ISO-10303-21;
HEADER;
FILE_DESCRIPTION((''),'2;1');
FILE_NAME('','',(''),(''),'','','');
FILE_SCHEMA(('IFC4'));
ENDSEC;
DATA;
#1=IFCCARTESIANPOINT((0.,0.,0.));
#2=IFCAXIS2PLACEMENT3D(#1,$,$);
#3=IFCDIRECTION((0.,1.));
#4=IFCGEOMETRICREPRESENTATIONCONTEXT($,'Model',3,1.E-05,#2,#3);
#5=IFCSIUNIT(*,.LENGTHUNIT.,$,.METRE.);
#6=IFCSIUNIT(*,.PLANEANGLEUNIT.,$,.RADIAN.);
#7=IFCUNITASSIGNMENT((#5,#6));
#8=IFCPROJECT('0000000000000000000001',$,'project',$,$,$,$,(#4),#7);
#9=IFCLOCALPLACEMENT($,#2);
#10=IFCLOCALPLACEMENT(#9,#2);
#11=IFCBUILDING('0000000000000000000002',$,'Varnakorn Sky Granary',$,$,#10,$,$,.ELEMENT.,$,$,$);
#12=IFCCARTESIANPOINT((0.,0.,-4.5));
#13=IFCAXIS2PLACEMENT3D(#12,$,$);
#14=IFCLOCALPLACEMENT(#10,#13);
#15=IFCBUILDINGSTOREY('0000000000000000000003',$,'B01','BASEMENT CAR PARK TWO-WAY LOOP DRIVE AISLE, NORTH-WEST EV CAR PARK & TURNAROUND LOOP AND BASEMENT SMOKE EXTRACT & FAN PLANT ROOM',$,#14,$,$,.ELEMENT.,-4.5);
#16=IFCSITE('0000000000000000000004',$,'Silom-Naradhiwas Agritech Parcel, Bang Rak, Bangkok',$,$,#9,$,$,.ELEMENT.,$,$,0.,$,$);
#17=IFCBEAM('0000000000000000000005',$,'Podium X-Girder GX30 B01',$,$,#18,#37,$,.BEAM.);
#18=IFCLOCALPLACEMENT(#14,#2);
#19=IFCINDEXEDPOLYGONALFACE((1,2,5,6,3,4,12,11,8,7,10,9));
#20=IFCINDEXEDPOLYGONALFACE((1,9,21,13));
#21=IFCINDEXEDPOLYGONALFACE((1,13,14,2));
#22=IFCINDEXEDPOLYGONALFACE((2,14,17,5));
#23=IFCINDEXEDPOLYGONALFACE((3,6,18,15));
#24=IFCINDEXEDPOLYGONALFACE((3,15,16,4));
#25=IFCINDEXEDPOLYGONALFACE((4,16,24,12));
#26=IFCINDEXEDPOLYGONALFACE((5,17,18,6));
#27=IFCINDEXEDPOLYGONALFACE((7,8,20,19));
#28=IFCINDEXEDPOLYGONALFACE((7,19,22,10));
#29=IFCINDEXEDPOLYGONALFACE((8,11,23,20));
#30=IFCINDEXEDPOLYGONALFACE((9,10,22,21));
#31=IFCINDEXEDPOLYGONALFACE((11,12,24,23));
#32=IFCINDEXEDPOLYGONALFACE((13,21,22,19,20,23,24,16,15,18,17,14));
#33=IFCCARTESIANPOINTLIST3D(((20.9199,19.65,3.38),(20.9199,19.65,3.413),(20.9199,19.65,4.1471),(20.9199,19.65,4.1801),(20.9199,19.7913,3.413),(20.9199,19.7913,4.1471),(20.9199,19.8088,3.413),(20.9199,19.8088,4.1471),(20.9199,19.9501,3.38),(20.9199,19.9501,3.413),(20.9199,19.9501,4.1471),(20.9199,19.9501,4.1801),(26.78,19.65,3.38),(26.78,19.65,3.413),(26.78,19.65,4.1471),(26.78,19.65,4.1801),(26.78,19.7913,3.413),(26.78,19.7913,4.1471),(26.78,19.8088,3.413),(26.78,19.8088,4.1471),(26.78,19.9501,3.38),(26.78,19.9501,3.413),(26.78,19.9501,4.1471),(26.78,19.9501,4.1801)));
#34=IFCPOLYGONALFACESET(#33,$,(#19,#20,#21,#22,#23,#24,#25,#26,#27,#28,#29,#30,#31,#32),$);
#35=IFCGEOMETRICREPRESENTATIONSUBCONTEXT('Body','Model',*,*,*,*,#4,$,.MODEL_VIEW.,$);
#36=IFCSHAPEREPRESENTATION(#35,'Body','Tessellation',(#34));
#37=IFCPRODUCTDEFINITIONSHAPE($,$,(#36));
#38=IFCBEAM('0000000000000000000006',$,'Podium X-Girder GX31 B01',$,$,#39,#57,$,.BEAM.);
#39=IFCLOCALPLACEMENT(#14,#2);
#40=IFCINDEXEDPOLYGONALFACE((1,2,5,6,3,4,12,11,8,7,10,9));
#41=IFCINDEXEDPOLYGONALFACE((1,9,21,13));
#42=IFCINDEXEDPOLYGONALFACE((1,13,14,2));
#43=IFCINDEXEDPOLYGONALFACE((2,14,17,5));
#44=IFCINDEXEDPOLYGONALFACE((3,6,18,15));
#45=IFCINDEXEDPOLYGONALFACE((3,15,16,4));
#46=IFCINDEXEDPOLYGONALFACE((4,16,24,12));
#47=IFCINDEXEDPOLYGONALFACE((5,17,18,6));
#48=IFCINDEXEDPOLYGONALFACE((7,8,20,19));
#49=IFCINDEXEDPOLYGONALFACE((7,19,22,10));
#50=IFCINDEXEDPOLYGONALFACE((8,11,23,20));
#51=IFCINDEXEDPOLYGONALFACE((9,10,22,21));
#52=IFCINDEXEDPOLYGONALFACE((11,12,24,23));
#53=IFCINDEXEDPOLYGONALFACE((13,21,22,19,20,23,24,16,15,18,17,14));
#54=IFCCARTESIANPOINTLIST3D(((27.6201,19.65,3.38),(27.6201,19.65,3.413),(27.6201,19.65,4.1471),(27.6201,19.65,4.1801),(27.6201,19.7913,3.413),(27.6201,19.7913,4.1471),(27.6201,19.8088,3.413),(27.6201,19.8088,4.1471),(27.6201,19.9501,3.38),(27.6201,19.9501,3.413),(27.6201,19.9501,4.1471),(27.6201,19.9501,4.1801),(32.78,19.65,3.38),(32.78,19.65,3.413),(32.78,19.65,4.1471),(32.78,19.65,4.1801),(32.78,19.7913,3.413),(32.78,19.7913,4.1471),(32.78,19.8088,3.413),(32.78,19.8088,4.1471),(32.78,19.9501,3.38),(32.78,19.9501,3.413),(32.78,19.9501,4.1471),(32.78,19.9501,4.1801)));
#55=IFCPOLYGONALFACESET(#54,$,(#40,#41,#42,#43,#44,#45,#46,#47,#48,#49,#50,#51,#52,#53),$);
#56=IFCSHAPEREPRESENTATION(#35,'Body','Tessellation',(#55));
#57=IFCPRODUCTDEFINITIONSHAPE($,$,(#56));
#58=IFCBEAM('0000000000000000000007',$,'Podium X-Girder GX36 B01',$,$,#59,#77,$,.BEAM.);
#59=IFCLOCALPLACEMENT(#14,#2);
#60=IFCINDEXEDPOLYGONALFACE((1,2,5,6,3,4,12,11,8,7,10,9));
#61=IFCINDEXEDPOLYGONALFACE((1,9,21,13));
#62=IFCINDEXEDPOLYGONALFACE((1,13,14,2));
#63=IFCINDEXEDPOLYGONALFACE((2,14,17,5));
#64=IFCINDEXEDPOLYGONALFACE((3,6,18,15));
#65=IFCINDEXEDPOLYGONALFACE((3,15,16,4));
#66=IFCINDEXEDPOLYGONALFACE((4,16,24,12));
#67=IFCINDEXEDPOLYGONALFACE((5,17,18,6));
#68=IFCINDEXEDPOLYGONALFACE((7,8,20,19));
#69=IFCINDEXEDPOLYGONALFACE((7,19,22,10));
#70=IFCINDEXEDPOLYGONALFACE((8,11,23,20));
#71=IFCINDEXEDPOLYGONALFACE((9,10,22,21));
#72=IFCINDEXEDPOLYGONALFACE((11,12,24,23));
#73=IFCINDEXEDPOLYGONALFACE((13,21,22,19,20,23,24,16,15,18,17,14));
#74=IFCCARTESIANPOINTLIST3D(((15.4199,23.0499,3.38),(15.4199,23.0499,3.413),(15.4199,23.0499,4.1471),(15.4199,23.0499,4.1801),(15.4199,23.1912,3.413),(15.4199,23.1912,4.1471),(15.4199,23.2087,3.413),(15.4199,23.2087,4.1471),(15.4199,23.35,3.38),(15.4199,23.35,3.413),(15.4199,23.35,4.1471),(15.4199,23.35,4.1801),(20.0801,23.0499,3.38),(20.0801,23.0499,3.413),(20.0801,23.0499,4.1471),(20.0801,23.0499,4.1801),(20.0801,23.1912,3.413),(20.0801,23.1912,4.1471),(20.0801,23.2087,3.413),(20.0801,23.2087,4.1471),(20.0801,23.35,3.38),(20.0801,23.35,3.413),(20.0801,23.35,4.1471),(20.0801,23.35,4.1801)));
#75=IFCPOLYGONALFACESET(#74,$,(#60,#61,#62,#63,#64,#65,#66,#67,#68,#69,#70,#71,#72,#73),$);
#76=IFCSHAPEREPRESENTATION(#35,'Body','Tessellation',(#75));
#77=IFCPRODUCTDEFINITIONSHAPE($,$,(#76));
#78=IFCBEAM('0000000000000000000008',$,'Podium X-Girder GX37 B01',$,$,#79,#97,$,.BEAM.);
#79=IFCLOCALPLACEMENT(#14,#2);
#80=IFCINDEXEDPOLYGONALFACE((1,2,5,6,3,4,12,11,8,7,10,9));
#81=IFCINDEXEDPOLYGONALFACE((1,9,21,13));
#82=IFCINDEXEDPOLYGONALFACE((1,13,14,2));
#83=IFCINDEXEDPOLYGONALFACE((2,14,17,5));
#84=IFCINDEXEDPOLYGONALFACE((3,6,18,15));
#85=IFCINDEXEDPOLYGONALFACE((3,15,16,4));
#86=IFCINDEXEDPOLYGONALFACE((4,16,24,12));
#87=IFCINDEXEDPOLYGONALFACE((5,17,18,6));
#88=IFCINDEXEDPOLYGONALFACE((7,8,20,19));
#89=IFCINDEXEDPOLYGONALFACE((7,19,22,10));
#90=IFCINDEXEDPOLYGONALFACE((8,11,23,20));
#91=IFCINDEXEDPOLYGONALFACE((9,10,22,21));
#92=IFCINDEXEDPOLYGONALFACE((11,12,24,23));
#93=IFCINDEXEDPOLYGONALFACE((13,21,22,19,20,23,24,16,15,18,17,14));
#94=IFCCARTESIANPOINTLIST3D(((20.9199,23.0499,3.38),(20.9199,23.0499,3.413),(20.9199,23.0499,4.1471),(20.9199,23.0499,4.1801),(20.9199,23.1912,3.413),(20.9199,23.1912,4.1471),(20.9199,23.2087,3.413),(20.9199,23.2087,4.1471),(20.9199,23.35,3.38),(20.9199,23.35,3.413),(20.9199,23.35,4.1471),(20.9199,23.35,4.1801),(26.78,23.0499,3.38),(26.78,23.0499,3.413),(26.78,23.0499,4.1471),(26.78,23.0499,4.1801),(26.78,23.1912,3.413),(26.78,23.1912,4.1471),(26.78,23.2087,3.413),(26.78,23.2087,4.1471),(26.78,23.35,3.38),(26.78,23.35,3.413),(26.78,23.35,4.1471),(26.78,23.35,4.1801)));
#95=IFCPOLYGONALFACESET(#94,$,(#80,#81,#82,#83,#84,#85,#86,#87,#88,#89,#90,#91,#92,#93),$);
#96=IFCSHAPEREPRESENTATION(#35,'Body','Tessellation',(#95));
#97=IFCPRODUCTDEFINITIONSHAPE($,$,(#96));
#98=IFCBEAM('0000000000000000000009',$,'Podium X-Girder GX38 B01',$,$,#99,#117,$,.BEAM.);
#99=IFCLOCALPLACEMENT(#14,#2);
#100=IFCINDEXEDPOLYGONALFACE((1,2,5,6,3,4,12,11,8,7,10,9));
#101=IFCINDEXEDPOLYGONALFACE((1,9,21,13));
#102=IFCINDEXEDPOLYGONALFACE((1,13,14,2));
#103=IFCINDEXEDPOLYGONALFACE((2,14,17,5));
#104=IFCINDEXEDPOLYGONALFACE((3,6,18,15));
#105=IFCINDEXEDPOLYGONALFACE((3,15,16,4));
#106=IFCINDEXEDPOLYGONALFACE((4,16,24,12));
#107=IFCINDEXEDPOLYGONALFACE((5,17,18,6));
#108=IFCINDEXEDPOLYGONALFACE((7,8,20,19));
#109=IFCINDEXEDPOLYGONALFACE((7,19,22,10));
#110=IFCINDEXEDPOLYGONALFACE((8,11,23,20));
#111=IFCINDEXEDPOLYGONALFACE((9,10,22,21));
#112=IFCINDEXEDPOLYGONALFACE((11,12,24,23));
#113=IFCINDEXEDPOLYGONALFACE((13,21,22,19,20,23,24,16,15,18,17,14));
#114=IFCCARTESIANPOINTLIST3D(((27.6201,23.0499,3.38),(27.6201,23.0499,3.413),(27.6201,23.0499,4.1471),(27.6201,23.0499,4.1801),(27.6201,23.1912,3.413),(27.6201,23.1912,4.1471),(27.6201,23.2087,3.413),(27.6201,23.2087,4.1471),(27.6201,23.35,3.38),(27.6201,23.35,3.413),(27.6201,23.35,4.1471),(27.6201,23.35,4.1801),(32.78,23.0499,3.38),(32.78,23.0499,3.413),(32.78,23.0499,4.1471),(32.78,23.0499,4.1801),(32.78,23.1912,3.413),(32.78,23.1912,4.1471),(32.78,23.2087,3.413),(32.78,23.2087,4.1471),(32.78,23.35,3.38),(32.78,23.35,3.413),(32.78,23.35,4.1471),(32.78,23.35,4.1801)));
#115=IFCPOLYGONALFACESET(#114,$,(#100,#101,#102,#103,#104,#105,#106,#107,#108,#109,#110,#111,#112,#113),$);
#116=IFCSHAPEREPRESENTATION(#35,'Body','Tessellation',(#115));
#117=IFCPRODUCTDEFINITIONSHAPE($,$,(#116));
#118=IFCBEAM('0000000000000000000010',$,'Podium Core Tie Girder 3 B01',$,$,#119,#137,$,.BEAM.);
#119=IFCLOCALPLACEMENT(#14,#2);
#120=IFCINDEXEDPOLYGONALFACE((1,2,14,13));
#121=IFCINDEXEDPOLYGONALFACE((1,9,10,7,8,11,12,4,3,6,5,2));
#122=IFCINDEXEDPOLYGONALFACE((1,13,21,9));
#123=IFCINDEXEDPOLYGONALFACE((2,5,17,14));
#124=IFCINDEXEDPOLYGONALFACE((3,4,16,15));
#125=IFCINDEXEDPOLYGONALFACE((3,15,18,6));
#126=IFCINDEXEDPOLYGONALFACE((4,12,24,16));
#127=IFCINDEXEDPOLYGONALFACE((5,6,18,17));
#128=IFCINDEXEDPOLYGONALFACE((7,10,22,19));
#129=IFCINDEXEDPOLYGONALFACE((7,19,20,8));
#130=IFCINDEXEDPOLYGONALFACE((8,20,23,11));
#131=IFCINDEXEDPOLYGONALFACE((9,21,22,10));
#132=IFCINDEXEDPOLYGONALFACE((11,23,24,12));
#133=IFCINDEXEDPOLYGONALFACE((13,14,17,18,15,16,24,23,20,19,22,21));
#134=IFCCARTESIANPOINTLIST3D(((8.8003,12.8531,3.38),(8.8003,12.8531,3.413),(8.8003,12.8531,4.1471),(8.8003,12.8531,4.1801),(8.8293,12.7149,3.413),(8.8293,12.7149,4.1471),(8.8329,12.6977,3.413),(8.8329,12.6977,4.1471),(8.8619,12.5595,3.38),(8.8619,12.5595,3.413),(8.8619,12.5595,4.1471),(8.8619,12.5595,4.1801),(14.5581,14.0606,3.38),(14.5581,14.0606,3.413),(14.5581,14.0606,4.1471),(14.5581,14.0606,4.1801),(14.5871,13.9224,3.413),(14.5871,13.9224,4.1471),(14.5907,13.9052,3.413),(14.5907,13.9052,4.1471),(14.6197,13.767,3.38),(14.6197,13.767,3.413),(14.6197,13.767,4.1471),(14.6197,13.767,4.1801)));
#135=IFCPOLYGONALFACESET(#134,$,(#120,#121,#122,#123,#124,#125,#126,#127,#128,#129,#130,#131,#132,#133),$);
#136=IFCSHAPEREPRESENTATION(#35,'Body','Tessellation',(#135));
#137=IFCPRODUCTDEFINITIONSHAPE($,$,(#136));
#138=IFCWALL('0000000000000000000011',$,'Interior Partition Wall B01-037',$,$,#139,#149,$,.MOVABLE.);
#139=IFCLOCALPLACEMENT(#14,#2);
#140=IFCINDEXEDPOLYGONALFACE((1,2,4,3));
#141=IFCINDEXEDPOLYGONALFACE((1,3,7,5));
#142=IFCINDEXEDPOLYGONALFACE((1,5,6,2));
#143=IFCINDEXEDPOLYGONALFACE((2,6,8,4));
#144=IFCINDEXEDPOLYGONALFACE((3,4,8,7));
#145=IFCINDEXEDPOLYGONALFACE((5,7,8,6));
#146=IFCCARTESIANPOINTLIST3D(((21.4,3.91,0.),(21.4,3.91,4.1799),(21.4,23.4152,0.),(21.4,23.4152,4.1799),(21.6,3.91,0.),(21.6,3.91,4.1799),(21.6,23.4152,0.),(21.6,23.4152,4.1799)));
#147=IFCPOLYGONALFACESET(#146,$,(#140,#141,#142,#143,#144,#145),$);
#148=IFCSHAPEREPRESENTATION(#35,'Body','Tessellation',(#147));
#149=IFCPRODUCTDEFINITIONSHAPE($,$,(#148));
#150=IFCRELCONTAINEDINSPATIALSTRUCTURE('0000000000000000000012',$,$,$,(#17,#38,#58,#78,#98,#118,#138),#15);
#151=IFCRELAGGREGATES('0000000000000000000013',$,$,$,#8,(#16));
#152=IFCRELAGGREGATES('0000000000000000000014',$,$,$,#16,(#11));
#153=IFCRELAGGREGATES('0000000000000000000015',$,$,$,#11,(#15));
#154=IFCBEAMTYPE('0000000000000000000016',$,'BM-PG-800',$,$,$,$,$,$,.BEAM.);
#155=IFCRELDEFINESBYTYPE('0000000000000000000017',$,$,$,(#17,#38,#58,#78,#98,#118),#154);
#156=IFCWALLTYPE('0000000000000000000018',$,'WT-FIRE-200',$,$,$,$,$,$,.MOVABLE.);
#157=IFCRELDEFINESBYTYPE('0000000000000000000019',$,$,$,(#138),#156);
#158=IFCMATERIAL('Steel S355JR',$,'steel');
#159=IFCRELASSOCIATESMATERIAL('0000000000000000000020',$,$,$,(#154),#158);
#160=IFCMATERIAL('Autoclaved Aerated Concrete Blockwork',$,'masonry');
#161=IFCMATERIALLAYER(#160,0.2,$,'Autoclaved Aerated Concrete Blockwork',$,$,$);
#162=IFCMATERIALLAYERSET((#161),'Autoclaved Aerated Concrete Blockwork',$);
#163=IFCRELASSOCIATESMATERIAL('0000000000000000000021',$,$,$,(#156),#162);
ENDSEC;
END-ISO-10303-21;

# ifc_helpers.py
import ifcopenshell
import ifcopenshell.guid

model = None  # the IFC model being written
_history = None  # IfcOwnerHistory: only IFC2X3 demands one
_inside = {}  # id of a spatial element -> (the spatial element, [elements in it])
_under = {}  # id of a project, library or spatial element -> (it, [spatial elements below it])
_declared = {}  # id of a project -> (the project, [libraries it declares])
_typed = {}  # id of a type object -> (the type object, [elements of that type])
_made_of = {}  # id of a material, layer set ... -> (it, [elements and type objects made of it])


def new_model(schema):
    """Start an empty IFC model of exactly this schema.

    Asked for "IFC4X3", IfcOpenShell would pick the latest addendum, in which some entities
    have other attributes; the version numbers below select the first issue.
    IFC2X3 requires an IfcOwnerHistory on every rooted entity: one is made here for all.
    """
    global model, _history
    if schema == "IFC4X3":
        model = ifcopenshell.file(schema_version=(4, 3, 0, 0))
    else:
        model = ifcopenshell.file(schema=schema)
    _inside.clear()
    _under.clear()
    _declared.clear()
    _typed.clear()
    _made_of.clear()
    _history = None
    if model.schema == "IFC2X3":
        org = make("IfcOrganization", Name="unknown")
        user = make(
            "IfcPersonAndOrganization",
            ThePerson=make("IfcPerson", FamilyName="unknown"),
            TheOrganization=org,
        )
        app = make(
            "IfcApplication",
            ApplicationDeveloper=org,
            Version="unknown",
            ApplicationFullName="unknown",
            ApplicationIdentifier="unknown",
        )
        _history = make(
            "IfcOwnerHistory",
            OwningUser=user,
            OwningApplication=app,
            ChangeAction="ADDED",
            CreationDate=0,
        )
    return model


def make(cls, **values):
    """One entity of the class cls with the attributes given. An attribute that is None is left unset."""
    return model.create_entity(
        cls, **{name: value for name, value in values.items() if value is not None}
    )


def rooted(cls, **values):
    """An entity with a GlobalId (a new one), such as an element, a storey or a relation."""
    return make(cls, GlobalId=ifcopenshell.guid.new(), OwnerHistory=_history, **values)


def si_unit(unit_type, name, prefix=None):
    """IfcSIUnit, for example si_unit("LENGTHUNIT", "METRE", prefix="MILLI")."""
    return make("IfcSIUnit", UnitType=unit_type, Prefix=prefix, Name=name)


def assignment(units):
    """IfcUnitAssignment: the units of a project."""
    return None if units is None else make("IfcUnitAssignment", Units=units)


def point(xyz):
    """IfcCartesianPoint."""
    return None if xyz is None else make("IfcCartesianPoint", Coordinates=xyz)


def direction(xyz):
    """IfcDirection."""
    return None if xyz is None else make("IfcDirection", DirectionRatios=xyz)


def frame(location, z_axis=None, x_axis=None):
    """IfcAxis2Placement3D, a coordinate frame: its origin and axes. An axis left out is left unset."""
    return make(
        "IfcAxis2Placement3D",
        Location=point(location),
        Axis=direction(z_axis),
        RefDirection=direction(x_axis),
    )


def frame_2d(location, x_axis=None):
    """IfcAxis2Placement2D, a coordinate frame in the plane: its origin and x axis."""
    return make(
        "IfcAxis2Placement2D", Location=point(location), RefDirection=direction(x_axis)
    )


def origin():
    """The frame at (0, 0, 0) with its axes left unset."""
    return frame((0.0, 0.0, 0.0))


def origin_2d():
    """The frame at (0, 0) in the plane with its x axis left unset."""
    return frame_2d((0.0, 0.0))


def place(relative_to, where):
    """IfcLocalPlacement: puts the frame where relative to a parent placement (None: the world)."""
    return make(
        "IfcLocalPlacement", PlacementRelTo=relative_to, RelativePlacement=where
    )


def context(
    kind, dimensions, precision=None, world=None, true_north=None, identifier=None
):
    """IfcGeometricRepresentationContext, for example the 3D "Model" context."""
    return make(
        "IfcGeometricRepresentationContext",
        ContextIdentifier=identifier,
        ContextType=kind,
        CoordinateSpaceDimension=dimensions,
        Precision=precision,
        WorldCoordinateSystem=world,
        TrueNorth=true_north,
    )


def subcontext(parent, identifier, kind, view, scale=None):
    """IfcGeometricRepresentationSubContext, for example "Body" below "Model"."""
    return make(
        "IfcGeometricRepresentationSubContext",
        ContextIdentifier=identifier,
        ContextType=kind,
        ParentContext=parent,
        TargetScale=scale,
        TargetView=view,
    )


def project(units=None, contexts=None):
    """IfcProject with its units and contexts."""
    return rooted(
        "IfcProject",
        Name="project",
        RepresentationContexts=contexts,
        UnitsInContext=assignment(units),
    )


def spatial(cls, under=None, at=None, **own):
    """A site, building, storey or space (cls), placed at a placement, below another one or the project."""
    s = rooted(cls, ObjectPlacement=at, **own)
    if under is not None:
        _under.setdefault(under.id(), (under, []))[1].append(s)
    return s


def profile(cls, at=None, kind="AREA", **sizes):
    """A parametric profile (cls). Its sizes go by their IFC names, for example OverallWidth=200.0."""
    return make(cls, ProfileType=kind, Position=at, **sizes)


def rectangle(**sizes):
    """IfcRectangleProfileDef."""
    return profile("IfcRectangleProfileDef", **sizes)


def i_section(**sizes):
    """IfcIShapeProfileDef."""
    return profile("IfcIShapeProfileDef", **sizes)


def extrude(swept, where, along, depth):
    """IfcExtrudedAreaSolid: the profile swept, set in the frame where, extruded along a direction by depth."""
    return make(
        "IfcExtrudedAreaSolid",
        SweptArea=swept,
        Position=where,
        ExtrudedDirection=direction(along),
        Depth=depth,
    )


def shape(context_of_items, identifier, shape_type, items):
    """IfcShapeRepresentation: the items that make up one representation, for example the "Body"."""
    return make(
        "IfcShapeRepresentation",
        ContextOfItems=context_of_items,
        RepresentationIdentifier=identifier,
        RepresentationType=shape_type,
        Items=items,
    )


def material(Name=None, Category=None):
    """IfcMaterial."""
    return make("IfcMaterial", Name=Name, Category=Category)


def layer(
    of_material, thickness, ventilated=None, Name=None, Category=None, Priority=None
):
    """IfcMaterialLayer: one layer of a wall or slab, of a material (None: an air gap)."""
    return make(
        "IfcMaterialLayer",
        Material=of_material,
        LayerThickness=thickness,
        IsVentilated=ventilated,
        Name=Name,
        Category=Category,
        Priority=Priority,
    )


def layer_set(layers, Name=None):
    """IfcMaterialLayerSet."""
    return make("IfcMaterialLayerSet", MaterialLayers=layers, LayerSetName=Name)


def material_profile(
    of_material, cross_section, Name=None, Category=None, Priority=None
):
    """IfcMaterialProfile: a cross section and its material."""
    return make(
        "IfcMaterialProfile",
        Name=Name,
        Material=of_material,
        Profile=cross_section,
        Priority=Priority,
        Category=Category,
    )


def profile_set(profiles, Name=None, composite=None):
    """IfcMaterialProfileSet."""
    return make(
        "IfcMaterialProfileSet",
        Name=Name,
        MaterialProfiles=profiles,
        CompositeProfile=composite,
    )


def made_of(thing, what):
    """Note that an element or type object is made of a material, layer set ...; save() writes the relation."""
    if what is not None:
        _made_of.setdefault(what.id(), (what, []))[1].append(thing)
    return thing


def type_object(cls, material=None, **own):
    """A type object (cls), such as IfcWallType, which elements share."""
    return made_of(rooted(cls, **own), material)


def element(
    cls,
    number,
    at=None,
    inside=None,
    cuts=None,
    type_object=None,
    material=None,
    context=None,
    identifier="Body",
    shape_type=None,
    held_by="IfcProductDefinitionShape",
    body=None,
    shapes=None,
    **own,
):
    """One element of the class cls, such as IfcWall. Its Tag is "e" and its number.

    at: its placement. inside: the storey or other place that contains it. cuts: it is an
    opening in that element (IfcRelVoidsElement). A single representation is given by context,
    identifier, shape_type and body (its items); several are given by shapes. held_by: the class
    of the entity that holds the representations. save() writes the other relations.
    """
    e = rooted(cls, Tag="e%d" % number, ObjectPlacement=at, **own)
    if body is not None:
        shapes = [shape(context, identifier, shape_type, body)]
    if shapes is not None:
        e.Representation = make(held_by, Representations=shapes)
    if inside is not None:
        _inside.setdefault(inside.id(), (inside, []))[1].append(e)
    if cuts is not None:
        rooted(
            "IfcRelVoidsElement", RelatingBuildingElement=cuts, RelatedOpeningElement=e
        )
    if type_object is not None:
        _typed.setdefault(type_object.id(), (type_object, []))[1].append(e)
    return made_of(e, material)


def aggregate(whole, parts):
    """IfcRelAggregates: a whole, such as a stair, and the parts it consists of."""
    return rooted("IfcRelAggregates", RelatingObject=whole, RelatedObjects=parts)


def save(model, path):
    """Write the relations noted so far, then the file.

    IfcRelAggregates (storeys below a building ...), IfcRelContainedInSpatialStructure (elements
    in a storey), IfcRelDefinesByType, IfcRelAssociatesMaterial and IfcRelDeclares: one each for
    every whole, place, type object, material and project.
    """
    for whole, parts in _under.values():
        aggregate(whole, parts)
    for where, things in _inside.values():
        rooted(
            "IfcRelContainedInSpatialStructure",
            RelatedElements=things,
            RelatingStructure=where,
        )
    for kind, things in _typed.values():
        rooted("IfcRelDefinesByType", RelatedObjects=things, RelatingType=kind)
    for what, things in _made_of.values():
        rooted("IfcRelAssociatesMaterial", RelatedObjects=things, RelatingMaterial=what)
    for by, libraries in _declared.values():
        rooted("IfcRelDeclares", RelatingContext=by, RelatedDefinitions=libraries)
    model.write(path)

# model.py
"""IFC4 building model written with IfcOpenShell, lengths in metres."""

from ifc_helpers import new_model, si_unit, direction, frame, frame_2d, origin, origin_2d, place, context, subcontext, project, spatial, rectangle, i_section, extrude, material, layer, layer_set, material_profile, profile_set, type_object, element, save


model = new_model("IFC4")

# Units and contexts
model_context = context("Model", 3, precision=1e-05, world=origin(), true_north=direction((0.0, 1.0)))
body_context = subcontext(model_context, "Body", "Model", "MODEL_VIEW")
ifc_project = project(units=[si_unit("LENGTHUNIT", "METRE"), si_unit("PLANEANGLEUNIT", "RADIAN")], contexts=[model_context])

# Site, building, storey
site_placement = place(None, origin())
site = spatial("IfcSite", under=ifc_project, at=site_placement, Name="Silom-Naradhiwas Agritech Parcel, Bang Rak, Bangkok", CompositionType="ELEMENT", RefElevation=0.0)
building_placement = place(site_placement, origin())
building = spatial("IfcBuilding", under=site, at=building_placement, Name="Varnakorn Sky Granary", CompositionType="ELEMENT")
storey_placement = place(building_placement, frame((0.0, 0.0, -4.5)))
storey = spatial("IfcBuildingStorey", under=building, at=storey_placement, Name="B01", Description="BASEMENT CAR PARK TWO-WAY LOOP DRIVE AISLE, NORTH-WEST EV CAR PARK & TURNAROUND LOOP AND BASEMENT SMOKE EXTRACT & FAN PLANT ROOM", CompositionType="ELEMENT", Elevation=-4.5)

# Beams
ifc_material_1 = material(Name="Steel S355JR", Category="steel")
ifc_material_profile_1 = material_profile(ifc_material_1, i_section(OverallWidth=0.3, OverallDepth=0.8, WebThickness=0.0176, FlangeThickness=0.033, at=origin_2d()), Name="HE 800 B")
ifc_profile_set_1 = profile_set([ifc_material_profile_1], Name="Steel S355JR")
beam_type_1 = type_object("IfcBeamType", Name="BM-PG-800", PredefinedType="BEAM", material=ifc_profile_set_1)
beam_1_placement = place(storey_placement, frame((20.9199, 19.8, 3.78), z_axis=(1.0, 0.0, 0.0), x_axis=(0.0, 1.0, 0.0)))
element("IfcBeam", 1, at=beam_1_placement, inside=storey, type_object=beam_type_1, Name="Podium X-Girder GX30 B01", PredefinedType="BEAM", context=body_context, shape_type="SweptSolid", body=[
    extrude(i_section(OverallWidth=0.3, OverallDepth=0.8, WebThickness=0.0176, FlangeThickness=0.033, at=origin_2d()), origin(), (0.0, 0.0, 1.0), 5.8601),
])
beam_2_placement = place(storey_placement, frame((27.6201, 19.8, 3.78), z_axis=(1.0, 0.0, 0.0), x_axis=(0.0, 1.0, 0.0)))
element("IfcBeam", 2, at=beam_2_placement, inside=storey, type_object=beam_type_1, Name="Podium X-Girder GX31 B01", PredefinedType="BEAM", context=body_context, shape_type="SweptSolid", body=[
    extrude(i_section(OverallWidth=0.3, OverallDepth=0.8, WebThickness=0.0176, FlangeThickness=0.033, at=origin_2d()), origin(), (0.0, 0.0, 1.0), 5.1599),
])
beam_3_placement = place(storey_placement, frame((15.4199, 23.2, 3.78), z_axis=(1.0, 0.0, 0.0), x_axis=(0.0, 1.0, 0.0)))
element("IfcBeam", 3, at=beam_3_placement, inside=storey, type_object=beam_type_1, Name="Podium X-Girder GX36 B01", PredefinedType="BEAM", context=body_context, shape_type="SweptSolid", body=[
    extrude(i_section(OverallWidth=0.3, OverallDepth=0.8, WebThickness=0.0176, FlangeThickness=0.033, at=origin_2d()), origin(), (0.0, 0.0, 1.0), 4.6602),
])
beam_4_placement = place(storey_placement, frame((20.9199, 23.2, 3.78), z_axis=(1.0, 0.0, 0.0), x_axis=(0.0, 1.0, 0.0)))
element("IfcBeam", 4, at=beam_4_placement, inside=storey, type_object=beam_type_1, Name="Podium X-Girder GX37 B01", PredefinedType="BEAM", context=body_context, shape_type="SweptSolid", body=[
    extrude(i_section(OverallWidth=0.3, OverallDepth=0.8, WebThickness=0.0176, FlangeThickness=0.033, at=origin_2d()), origin(), (0.0, 0.0, 1.0), 5.8601),
])
beam_5_placement = place(storey_placement, frame((27.6201, 23.2, 3.78), z_axis=(1.0, 0.0, 0.0), x_axis=(0.0, 1.0, 0.0)))
element("IfcBeam", 5, at=beam_5_placement, inside=storey, type_object=beam_type_1, Name="Podium X-Girder GX38 B01", PredefinedType="BEAM", context=body_context, shape_type="SweptSolid", body=[
    extrude(i_section(OverallWidth=0.3, OverallDepth=0.8, WebThickness=0.0176, FlangeThickness=0.033, at=origin_2d()), origin(), (0.0, 0.0, 1.0), 5.1599),
])
beam_6_placement = place(storey_placement, frame((14.5889, 13.9138, 3.78), z_axis=(-0.978709, -0.205253, 0.0), x_axis=(0.205253, -0.978709, 0.0)))
element("IfcBeam", 6, at=beam_6_placement, inside=storey, type_object=beam_type_1, Name="Podium Core Tie Girder 3 B01", PredefinedType="BEAM", context=body_context, shape_type="SweptSolid", body=[
    extrude(i_section(OverallWidth=0.3, OverallDepth=0.8, WebThickness=0.0176, FlangeThickness=0.033, at=origin_2d()), origin(), (0.0, 0.0, 1.0), 5.8831),
])

# Wall
ifc_material_2 = material(Name="Autoclaved Aerated Concrete Blockwork", Category="masonry")
ifc_layer = layer(ifc_material_2, 0.2, Name="Autoclaved Aerated Concrete Blockwork")
ifc_layer_set = layer_set([ifc_layer], Name="Autoclaved Aerated Concrete Blockwork")
wall_type = type_object("IfcWallType", Name="WT-FIRE-200", PredefinedType="MOVABLE", material=ifc_layer_set)
wall_placement = place(storey_placement, frame((21.5, 23.415, 0.0), z_axis=(0.0, 0.0, 1.0), x_axis=(0.0, -1.0, 0.0)))
element("IfcWall", 7, at=wall_placement, inside=storey, type_object=wall_type, Name="Interior Partition Wall B01-037", PredefinedType="MOVABLE", context=body_context, shape_type="SweptSolid", body=[
    extrude(rectangle(XDim=19.5051, YDim=0.2, at=frame_2d((9.7524, 0.0))), origin(), (0.0, 0.0, 1.0), 4.1799),
])

save(model, "model.ifc")
